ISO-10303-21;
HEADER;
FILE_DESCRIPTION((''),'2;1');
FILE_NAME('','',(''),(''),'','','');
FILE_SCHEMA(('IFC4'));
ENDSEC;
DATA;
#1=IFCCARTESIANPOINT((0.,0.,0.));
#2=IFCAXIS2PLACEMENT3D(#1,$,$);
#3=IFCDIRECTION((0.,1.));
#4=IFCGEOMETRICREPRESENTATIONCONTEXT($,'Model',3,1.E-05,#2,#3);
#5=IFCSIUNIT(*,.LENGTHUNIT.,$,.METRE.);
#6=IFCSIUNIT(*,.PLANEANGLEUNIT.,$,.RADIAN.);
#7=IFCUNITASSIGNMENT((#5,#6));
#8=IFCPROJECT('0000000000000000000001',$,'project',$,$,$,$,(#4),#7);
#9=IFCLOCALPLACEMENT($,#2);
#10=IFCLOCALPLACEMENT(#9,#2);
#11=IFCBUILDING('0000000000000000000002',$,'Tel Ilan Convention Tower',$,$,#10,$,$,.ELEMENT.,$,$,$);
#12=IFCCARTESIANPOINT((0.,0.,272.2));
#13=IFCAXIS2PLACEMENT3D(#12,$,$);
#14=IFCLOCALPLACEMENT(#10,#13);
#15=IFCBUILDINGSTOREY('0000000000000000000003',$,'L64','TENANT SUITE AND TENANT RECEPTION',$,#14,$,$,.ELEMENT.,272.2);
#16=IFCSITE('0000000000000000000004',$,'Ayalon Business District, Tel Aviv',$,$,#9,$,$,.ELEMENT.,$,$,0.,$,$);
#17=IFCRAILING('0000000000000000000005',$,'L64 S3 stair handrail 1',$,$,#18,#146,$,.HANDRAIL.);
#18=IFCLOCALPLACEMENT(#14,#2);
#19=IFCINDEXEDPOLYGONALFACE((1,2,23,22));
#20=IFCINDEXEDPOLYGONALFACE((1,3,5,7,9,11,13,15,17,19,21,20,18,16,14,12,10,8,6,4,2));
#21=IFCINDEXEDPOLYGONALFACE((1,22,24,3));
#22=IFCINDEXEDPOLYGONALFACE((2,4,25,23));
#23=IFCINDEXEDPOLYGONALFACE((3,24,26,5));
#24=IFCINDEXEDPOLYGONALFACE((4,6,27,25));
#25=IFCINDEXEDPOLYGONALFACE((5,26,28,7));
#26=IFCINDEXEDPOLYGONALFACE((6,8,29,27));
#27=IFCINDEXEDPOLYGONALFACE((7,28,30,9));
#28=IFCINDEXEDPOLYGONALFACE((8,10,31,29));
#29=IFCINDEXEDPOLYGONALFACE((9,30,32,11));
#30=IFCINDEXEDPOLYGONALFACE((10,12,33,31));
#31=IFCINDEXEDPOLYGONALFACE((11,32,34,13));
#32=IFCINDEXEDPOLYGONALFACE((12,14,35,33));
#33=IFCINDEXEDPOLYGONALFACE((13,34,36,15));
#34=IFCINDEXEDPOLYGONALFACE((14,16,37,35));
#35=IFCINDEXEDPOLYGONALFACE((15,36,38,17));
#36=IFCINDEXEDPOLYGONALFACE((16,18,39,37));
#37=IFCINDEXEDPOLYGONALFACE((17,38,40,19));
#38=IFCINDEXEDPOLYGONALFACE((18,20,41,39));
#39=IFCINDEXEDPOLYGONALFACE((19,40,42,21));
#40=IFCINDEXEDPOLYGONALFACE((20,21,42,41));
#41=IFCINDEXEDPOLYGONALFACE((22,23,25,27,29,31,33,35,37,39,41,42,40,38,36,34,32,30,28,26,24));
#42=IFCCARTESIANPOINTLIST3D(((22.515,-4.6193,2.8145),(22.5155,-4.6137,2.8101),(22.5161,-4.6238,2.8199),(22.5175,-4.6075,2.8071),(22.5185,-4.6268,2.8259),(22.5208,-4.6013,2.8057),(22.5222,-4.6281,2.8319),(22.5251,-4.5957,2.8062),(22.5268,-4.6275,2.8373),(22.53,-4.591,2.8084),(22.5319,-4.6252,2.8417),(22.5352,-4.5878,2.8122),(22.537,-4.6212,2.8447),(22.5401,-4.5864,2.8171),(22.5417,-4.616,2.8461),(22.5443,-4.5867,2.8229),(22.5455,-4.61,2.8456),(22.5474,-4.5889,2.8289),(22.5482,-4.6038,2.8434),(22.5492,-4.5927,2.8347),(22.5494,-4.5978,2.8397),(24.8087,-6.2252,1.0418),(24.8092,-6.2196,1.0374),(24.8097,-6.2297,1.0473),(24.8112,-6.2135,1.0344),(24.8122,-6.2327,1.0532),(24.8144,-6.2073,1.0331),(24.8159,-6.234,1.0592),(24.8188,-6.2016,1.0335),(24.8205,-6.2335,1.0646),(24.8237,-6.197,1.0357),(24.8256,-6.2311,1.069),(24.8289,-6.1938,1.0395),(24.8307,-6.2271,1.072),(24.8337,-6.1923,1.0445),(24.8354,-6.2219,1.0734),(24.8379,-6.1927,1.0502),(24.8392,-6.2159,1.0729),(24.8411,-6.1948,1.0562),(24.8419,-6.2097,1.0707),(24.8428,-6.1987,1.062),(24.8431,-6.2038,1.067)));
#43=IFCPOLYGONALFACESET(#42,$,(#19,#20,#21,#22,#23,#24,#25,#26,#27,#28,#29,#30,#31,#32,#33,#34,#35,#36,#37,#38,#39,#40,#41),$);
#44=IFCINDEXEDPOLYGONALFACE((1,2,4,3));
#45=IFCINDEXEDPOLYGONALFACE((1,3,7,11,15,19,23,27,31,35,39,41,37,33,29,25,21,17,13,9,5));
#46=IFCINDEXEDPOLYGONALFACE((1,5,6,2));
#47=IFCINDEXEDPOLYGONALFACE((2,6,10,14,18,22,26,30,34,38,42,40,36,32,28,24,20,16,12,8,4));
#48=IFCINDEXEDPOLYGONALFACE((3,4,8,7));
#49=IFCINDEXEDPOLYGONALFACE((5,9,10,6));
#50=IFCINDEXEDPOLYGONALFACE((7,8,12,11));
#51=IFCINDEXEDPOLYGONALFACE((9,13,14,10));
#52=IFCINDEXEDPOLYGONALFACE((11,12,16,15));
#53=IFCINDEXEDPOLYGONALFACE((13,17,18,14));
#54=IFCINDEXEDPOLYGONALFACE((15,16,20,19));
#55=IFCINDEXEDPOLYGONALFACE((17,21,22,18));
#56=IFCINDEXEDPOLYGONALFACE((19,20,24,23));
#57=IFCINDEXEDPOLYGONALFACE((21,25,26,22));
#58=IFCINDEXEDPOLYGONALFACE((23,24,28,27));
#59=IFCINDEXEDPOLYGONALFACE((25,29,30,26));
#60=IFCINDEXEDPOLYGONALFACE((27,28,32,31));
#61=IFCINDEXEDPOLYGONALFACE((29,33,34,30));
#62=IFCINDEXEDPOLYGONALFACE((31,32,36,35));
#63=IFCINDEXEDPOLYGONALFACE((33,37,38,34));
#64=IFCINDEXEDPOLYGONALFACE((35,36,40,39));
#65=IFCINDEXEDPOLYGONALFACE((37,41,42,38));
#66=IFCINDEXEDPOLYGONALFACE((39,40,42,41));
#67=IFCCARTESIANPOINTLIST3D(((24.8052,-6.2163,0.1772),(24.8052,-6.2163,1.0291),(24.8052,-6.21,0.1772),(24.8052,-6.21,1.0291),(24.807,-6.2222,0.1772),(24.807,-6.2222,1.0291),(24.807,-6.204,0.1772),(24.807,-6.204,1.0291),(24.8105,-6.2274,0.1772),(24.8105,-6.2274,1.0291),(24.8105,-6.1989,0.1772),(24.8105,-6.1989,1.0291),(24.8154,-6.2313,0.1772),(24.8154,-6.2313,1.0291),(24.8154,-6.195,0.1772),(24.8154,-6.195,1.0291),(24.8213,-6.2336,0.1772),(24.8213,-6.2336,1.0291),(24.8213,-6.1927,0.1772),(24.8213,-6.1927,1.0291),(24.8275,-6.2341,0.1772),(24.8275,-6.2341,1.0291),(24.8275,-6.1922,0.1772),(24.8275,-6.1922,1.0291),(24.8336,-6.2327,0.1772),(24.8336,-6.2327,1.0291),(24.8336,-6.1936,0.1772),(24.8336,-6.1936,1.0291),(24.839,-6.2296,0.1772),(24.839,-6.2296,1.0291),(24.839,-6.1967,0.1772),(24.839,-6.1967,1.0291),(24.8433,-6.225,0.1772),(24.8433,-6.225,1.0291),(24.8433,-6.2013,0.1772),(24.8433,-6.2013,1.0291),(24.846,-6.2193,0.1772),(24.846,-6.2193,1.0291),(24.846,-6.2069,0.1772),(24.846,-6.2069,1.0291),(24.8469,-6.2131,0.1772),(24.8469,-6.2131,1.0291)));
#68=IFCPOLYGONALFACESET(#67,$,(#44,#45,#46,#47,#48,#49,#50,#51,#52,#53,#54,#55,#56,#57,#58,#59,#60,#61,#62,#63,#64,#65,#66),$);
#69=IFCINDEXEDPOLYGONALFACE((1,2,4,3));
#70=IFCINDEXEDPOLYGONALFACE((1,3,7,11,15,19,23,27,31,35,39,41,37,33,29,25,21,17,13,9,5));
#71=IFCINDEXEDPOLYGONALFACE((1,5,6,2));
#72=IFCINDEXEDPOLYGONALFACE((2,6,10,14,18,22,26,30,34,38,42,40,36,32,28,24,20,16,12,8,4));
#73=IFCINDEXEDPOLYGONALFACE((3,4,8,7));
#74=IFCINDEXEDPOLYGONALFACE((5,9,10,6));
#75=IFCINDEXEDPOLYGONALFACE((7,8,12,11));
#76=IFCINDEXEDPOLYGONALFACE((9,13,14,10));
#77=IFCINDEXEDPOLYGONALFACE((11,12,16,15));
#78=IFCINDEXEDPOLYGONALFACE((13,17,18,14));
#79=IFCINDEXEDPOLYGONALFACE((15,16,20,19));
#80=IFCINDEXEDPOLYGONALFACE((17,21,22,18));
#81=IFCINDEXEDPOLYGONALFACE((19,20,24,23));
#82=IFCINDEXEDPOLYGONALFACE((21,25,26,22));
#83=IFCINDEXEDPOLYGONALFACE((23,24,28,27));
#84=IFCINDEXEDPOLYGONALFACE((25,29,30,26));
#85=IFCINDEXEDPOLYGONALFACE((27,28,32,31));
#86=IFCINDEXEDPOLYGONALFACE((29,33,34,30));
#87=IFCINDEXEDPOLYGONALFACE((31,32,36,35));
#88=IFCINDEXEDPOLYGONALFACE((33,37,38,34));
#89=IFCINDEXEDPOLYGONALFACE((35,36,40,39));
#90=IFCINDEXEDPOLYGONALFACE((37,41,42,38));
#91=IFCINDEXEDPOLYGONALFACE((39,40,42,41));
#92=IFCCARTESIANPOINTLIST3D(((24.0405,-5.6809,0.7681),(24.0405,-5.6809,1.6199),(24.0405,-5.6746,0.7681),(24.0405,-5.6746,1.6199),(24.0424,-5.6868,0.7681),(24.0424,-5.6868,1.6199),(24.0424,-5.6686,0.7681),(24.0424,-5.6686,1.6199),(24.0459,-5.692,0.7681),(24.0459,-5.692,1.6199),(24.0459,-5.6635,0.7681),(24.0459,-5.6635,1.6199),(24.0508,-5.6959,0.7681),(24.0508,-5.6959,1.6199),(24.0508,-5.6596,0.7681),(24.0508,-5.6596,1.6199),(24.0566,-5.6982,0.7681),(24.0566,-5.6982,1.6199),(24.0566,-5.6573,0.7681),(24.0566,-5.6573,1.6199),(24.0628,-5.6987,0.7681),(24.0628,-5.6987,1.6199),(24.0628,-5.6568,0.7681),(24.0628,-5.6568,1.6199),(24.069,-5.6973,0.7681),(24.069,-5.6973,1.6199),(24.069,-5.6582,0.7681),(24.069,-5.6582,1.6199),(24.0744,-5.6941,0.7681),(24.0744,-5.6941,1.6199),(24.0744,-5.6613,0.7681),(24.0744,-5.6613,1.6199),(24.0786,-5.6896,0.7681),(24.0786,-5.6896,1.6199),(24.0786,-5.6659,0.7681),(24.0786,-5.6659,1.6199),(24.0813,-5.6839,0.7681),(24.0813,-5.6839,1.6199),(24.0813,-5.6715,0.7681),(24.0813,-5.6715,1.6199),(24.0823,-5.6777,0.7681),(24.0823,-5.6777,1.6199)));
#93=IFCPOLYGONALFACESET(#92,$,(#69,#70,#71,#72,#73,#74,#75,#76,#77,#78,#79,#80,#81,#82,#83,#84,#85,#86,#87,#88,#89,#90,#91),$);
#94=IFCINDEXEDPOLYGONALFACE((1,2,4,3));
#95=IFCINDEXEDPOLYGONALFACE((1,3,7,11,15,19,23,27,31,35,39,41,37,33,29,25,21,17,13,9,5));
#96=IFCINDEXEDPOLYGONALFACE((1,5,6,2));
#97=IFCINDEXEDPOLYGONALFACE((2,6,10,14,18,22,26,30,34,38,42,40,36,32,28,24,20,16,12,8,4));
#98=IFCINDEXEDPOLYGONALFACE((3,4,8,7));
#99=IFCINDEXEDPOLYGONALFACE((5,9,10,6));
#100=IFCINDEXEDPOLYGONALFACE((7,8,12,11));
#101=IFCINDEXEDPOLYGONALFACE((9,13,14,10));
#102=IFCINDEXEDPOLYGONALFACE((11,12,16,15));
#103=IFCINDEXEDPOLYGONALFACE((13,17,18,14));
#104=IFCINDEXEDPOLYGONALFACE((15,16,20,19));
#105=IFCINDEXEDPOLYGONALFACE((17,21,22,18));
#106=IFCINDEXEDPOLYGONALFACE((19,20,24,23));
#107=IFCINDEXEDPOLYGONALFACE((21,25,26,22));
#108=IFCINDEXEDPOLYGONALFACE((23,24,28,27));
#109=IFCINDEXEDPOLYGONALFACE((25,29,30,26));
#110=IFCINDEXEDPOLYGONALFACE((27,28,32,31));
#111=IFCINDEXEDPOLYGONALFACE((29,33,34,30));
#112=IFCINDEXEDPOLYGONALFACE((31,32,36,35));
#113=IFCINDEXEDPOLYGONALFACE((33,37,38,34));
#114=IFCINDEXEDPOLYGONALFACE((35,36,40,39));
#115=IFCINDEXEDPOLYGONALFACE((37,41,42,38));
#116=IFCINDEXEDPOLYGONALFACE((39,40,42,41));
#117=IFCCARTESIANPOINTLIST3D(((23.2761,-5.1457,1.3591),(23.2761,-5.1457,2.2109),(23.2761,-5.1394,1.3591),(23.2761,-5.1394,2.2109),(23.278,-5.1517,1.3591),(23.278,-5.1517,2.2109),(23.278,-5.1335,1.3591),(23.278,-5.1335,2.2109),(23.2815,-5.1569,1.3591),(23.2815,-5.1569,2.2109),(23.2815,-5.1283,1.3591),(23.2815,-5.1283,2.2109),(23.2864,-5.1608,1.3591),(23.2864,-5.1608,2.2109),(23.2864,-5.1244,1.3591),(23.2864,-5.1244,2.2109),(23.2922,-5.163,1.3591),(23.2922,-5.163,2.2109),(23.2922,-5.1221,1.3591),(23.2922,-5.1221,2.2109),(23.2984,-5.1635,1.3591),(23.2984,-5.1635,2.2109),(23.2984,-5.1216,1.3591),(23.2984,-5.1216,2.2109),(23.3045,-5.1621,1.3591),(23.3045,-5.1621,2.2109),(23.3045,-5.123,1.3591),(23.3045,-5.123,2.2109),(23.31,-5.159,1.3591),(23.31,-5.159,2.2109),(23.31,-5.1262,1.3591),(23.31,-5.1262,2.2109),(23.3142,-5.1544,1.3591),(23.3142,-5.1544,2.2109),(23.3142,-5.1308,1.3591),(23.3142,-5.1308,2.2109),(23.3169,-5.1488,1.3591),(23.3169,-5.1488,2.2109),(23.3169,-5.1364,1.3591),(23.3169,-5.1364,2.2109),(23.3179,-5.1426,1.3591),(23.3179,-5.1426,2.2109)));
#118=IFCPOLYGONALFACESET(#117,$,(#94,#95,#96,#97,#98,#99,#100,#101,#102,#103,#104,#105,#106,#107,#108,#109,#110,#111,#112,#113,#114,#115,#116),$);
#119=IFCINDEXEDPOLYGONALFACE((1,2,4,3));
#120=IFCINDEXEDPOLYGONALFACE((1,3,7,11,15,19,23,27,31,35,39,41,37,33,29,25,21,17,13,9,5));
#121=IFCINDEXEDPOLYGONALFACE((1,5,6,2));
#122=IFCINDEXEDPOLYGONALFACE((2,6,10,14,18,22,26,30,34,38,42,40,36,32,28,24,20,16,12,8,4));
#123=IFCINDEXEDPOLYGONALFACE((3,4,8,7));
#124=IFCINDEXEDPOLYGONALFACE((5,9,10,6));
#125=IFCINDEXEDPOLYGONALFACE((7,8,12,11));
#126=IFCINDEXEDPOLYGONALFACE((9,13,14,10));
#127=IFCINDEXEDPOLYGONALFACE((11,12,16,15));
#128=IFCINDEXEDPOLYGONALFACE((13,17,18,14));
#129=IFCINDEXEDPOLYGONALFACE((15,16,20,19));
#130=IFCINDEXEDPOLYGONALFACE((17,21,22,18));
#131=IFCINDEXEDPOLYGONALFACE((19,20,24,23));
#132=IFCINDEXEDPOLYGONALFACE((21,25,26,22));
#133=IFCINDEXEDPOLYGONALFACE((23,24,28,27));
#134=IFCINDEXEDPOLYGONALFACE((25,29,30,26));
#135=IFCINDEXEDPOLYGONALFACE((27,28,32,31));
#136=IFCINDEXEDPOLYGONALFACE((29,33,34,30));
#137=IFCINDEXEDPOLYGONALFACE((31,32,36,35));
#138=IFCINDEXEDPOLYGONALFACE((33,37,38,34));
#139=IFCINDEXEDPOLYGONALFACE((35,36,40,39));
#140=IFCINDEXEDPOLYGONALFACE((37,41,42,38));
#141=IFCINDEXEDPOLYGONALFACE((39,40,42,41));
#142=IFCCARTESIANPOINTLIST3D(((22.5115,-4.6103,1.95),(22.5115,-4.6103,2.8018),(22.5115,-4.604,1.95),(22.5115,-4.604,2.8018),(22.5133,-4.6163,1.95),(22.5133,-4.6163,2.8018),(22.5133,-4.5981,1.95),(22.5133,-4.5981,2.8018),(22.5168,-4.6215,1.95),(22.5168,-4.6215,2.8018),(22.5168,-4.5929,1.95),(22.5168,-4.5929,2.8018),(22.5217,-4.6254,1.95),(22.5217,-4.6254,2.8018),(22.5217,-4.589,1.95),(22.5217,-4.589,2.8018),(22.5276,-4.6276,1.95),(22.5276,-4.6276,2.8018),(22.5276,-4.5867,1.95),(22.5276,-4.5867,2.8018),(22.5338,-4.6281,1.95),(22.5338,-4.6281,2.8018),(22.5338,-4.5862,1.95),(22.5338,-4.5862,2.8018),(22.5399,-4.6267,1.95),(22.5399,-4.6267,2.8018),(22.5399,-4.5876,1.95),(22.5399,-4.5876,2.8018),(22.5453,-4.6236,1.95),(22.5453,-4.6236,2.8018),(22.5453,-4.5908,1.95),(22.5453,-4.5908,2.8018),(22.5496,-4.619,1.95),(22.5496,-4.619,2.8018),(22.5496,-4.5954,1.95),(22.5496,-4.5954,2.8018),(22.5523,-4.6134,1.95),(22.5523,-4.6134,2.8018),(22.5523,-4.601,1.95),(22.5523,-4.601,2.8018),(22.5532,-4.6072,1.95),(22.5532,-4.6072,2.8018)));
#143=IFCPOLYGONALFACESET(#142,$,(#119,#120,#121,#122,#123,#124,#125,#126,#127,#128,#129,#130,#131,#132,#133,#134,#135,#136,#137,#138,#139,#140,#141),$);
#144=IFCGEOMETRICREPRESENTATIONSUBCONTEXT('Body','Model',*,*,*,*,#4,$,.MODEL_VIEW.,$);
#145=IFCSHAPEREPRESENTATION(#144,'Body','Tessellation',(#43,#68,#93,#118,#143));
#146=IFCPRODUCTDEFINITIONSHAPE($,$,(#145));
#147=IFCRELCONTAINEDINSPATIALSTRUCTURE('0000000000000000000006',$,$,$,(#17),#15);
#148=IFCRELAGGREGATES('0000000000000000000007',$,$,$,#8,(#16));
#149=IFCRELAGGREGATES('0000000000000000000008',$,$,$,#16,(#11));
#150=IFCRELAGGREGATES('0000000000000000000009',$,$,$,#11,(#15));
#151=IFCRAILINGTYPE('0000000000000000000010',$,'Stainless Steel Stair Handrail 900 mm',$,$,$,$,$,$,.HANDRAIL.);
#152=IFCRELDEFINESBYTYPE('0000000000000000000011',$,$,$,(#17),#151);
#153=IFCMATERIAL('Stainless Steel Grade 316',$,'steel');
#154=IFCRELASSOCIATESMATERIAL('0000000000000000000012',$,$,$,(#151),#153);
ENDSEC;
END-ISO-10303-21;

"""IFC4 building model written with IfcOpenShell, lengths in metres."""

from ifc_helpers import new_model, si_unit, direction, frame, origin, origin_2d, place, context, subcontext, project, spatial, circle, extrude, material, type_object, element, save


model = new_model("IFC4")

# Units and contexts
model_context = context("Model", 3, precision=1e-05, world=origin(), true_north=direction((0.0, 1.0)))
body_context = subcontext(model_context, "Body", "Model", "MODEL_VIEW")
ifc_project = project(units=[si_unit("LENGTHUNIT", "METRE"), si_unit("PLANEANGLEUNIT", "RADIAN")], contexts=[model_context])

# Site, building, storey
site_placement = place(None, origin())
site = spatial("IfcSite", under=ifc_project, at=site_placement, Name="Ayalon Business District, Tel Aviv", CompositionType="ELEMENT", RefElevation=0.0)
building_placement = place(site_placement, origin())
building = spatial("IfcBuilding", under=site, at=building_placement, Name="Tel Ilan Convention Tower", CompositionType="ELEMENT")
storey_placement = place(building_placement, frame((0.0, 0.0, 272.2)))
storey = spatial("IfcBuildingStorey", under=building, at=storey_placement, Name="L64", Description="TENANT SUITE AND TENANT RECEPTION", CompositionType="ELEMENT", Elevation=272.2)

# Railing
ifc_material_1 = material(Name="Stainless Steel Grade 316", Category="steel")
railing_type_1 = type_object("IfcRailingType", Name="Stainless Steel Stair Handrail 900 mm", PredefinedType="HANDRAIL", material=ifc_material_1)
for number, where, name in (
    (1, (24.8259, -6.2131, 0.1772), "L64 S3 stair handrail 1"),
):
    element("IfcRailing", number, at=place(storey_placement, frame(where)), inside=storey, type_object=railing_type_1, Name=name, PredefinedType="HANDRAIL", context=body_context, shape_type="SweptSolid", body=[
        extrude(circle(Radius=0.0239, at=origin_2d()), frame((0.0, 0.0, 0.876), z_axis=(-0.692123, 0.484597, 0.534913), x_axis=(-0.57355, -0.81917, 0.0)), (0.0, 0.0, 1.0), 3.314),
        extrude(circle(Radius=0.021, at=origin_2d()), origin(), (0.0, 0.0, 1.0), 0.8518),
        extrude(circle(Radius=0.021, at=origin_2d()), frame((-0.7646, 0.5354, 0.5908)), (0.0, 0.0, 1.0), 0.8518),
        extrude(circle(Radius=0.021, at=origin_2d()), frame((-1.5291, 1.0706, 1.1819)), (0.0, 0.0, 1.0), 0.8518),
        extrude(circle(Radius=0.021, at=origin_2d()), frame((-2.2937, 1.606, 1.7727)), (0.0, 0.0, 1.0), 0.8518),
    ])

save(model, "model.ifc")
